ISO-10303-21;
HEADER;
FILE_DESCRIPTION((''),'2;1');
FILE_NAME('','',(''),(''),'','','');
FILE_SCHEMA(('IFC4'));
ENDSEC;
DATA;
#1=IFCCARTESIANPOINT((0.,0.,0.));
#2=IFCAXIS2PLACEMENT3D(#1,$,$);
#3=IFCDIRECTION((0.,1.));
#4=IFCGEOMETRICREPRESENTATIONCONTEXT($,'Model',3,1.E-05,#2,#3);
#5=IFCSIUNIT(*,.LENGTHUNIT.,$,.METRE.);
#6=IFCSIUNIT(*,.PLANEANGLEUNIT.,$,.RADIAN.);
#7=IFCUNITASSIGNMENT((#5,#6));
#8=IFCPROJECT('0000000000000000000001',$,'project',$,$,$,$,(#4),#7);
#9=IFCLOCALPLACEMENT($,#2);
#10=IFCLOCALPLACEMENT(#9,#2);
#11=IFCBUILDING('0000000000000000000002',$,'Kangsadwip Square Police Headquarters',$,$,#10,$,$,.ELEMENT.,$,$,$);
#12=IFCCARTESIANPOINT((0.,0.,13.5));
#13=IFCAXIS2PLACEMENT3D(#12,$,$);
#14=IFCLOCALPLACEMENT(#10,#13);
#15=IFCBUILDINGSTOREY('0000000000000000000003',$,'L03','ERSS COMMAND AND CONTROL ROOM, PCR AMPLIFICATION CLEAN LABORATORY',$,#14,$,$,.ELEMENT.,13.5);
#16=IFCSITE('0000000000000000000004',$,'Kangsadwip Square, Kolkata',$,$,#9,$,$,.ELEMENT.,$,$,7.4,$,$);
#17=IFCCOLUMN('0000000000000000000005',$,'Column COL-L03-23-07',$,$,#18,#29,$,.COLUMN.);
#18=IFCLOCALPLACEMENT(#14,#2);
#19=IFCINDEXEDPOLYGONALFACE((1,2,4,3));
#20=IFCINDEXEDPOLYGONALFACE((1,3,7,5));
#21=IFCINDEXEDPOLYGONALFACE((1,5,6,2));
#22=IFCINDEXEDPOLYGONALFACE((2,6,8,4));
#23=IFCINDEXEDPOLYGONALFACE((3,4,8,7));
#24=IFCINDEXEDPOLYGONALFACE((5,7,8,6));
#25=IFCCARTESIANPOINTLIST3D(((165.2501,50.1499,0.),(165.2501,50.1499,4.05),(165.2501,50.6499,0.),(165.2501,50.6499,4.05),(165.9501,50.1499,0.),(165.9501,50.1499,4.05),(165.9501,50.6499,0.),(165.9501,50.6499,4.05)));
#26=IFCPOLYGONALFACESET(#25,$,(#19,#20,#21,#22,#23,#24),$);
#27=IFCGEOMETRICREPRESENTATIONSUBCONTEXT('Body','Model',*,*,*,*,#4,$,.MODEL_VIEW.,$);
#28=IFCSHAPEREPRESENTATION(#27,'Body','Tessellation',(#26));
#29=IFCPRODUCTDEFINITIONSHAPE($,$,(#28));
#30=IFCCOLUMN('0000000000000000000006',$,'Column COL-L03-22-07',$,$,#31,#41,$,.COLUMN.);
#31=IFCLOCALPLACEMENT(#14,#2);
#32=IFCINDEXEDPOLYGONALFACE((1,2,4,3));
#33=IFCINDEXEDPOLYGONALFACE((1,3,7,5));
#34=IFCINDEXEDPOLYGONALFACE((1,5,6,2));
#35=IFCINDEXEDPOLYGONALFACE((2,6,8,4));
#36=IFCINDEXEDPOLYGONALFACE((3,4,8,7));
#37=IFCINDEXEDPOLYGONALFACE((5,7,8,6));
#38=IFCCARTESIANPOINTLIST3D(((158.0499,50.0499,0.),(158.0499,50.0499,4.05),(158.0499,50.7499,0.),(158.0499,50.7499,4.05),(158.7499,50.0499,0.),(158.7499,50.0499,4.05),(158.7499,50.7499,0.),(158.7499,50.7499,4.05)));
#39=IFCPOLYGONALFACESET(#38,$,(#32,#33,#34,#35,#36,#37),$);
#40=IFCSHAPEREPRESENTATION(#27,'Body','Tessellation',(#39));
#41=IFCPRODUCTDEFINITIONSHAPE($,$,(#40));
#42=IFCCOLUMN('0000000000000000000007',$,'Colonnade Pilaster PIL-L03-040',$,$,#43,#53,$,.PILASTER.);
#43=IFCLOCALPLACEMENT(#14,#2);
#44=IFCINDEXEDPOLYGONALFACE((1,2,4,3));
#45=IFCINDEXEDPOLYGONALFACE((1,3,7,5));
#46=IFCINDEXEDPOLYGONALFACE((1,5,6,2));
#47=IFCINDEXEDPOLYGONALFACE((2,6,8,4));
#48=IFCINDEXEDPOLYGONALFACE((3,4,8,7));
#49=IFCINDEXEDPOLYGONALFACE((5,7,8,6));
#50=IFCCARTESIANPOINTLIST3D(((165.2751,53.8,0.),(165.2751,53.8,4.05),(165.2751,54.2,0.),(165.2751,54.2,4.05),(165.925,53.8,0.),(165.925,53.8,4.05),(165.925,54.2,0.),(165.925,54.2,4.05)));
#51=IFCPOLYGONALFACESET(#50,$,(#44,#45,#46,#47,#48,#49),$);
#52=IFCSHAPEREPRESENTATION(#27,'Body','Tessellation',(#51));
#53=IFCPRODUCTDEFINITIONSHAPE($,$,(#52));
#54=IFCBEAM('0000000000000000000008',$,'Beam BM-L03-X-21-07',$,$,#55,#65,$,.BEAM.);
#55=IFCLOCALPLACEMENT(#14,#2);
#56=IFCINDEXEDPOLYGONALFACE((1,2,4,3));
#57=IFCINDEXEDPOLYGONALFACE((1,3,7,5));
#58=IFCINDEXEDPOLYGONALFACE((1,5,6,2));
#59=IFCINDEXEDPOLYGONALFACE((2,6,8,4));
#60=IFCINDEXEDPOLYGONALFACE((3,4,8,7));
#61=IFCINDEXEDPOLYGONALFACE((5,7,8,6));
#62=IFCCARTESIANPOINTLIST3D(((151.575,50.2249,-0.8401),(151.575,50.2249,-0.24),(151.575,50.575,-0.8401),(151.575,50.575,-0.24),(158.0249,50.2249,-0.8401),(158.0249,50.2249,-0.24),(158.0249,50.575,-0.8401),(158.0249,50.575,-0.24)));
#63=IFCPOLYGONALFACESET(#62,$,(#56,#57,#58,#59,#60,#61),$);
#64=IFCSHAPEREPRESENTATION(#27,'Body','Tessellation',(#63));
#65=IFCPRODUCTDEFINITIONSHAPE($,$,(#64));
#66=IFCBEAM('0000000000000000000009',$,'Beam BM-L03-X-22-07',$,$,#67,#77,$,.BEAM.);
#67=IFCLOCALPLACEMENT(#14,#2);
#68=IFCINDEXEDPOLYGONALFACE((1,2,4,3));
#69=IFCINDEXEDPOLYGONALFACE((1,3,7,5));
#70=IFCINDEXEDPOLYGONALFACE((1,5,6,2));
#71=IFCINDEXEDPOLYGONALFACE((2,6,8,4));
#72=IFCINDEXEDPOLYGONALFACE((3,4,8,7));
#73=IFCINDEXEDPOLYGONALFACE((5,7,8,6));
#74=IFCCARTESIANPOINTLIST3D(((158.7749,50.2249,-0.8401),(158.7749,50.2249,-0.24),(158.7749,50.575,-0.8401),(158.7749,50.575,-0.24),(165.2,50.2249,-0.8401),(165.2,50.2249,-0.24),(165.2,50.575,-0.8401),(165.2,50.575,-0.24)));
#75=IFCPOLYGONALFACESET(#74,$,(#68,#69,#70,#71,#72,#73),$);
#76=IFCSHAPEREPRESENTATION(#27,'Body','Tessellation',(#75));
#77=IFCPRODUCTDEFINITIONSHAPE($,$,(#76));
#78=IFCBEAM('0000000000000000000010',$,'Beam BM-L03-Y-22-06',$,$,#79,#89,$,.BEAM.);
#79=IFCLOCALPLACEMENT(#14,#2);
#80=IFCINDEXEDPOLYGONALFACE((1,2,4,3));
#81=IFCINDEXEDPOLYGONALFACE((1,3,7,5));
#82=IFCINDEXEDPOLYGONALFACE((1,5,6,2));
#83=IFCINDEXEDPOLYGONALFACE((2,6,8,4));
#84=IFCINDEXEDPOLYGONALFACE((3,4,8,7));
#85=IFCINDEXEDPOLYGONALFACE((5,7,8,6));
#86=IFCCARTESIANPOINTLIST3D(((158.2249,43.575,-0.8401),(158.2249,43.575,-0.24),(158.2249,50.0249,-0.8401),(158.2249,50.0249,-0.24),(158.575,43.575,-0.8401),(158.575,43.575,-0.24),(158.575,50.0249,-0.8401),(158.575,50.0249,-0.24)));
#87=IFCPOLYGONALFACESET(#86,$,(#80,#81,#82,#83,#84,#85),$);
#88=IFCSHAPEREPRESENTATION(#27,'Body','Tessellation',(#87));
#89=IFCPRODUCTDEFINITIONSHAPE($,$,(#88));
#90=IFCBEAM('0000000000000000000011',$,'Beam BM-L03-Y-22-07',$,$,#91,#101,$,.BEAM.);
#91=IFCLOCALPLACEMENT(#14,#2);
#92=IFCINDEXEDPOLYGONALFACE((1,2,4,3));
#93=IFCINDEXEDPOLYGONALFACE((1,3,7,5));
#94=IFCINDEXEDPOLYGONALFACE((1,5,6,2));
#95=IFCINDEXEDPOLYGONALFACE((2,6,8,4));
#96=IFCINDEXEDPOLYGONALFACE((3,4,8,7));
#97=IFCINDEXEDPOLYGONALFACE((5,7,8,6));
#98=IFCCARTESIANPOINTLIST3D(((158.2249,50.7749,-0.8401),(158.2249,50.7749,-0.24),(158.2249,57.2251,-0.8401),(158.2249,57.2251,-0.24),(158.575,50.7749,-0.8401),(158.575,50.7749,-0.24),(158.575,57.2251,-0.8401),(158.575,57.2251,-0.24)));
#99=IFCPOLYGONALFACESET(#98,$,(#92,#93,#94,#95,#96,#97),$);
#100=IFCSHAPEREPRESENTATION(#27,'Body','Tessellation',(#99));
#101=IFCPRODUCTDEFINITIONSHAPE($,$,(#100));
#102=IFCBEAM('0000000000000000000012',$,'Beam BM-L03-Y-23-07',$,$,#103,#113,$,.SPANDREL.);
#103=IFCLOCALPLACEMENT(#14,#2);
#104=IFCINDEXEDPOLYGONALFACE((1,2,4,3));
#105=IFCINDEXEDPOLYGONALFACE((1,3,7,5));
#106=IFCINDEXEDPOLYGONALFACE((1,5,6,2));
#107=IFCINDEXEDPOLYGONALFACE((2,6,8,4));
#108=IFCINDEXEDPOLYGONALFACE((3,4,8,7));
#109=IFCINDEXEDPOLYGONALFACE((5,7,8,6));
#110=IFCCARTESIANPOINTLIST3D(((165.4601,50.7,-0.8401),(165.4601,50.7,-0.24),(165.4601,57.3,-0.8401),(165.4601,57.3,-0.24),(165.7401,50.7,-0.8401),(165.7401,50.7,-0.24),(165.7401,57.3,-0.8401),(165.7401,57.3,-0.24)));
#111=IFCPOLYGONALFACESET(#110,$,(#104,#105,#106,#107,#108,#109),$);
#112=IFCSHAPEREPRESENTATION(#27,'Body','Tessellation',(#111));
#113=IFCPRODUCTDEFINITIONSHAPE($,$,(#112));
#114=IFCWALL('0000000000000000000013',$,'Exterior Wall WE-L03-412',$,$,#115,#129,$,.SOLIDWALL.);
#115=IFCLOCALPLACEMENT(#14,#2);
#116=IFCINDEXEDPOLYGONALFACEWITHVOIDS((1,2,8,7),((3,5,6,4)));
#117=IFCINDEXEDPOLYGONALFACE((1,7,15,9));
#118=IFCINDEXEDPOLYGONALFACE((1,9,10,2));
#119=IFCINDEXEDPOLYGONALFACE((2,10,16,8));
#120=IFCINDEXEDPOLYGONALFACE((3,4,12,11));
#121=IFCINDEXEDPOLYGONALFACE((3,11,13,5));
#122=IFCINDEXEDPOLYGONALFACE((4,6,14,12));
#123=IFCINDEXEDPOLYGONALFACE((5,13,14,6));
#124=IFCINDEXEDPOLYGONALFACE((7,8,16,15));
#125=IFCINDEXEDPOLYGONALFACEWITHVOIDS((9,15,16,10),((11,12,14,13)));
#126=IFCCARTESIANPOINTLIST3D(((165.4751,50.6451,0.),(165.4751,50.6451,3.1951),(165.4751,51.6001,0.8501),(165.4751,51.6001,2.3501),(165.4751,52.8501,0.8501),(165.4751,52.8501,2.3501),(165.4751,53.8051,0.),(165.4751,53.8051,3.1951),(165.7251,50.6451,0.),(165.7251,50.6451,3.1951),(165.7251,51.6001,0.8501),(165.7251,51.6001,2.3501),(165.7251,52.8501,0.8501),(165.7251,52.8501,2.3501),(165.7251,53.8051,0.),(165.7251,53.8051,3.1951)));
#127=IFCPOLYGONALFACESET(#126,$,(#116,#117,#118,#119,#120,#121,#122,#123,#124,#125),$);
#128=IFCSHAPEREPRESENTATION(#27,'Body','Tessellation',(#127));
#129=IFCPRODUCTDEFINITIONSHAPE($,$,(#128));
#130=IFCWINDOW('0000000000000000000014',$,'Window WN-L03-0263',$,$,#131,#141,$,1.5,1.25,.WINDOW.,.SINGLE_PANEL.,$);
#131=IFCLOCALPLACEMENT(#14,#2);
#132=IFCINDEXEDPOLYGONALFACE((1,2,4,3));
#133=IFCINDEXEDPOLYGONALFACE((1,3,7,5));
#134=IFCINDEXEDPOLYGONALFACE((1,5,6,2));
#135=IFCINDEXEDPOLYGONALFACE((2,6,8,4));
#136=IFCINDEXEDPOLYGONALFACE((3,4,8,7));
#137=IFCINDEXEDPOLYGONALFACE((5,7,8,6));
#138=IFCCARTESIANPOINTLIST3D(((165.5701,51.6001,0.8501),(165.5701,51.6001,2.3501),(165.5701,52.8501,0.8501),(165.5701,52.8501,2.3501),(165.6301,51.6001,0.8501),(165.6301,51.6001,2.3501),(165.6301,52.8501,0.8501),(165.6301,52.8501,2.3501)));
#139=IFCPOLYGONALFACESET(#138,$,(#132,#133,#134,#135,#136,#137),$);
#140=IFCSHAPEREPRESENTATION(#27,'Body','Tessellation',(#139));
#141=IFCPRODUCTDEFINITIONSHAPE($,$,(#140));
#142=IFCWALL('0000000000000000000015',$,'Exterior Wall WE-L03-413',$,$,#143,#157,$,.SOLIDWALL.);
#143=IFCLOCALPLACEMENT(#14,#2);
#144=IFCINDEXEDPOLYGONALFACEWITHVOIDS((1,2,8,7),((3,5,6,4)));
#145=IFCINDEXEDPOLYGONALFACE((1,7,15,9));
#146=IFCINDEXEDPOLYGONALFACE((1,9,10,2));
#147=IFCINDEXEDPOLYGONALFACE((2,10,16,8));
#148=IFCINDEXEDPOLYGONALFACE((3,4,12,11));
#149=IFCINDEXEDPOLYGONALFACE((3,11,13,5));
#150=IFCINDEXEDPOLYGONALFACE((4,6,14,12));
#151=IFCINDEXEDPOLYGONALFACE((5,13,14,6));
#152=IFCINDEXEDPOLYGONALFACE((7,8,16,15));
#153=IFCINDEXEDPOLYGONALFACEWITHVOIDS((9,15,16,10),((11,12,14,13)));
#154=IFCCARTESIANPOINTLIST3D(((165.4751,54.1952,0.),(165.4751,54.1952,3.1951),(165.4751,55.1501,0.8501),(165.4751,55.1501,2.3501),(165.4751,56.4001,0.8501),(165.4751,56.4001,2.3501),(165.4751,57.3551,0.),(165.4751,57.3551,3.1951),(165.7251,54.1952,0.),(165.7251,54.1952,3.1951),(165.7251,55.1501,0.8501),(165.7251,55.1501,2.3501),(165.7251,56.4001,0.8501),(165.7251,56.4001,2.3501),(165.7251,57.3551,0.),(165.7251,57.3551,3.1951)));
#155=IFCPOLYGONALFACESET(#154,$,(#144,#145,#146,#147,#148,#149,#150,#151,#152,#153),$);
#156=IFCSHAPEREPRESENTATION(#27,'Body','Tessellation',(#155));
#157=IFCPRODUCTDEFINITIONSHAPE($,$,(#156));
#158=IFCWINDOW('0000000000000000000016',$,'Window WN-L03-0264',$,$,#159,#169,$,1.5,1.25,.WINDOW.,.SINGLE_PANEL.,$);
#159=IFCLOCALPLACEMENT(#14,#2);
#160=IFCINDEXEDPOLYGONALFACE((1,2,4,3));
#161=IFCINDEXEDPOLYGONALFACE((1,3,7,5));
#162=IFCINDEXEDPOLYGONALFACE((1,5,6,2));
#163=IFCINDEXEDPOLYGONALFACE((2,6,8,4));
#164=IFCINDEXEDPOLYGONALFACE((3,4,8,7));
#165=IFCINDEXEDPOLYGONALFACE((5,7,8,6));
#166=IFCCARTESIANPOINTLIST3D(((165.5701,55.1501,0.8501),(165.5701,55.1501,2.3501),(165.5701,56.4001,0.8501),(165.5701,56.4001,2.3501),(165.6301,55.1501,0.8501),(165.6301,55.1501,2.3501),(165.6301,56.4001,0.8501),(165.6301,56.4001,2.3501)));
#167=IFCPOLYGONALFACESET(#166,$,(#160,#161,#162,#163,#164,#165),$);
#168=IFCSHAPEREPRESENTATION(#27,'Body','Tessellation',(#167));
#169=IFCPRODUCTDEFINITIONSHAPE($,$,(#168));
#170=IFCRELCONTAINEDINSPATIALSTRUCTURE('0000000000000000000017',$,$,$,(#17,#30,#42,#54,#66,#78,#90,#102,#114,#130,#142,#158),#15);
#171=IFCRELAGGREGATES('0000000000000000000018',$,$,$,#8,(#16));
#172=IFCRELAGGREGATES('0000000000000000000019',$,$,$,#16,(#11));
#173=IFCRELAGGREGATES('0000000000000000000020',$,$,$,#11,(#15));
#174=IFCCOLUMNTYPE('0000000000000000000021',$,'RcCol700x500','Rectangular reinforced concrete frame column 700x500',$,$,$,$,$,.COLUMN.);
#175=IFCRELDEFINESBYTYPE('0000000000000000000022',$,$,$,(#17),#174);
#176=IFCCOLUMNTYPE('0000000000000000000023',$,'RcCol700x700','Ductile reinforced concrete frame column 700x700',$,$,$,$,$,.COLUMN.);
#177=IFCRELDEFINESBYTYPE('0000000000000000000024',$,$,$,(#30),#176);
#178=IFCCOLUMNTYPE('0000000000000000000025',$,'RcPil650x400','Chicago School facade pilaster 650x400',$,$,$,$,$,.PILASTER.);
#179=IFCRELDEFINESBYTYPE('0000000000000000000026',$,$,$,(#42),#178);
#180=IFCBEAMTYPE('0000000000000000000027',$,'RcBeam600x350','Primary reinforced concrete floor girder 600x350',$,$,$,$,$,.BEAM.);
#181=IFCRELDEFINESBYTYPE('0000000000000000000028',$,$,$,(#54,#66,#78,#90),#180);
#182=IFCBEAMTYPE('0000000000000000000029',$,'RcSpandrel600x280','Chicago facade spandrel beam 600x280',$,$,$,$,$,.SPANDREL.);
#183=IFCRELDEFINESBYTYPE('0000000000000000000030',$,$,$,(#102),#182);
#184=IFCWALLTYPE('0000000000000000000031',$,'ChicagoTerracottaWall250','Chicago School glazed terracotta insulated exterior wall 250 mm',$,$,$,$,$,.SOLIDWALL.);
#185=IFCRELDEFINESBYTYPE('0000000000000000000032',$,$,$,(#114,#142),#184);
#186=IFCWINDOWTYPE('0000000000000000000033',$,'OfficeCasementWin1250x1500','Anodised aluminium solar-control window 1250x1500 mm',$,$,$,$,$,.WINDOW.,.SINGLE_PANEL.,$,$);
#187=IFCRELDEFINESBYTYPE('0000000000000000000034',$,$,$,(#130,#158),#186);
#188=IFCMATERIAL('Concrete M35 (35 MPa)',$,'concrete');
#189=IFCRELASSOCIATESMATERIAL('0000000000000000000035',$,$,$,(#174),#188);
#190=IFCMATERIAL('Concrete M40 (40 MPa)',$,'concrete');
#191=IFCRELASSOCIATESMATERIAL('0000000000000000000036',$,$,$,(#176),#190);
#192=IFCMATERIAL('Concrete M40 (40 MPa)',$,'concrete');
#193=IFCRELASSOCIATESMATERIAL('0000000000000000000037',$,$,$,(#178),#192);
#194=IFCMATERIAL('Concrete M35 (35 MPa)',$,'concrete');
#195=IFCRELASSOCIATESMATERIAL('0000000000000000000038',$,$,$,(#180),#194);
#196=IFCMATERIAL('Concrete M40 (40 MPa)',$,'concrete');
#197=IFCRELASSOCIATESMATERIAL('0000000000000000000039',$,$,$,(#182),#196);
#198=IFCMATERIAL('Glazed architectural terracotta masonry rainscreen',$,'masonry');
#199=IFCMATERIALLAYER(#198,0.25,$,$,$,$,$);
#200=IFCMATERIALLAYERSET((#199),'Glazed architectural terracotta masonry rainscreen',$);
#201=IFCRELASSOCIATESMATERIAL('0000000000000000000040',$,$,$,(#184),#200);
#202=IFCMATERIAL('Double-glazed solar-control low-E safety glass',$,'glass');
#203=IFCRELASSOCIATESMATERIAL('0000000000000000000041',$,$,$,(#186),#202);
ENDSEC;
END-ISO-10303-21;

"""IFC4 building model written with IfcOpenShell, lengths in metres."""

from ifc_helpers import new_model, si_unit, direction, frame, frame_2d, origin, origin_2d, place, context, subcontext, project, spatial, rectangle, extrude, material, layer, layer_set, material_profile, profile_set, type_object, element, fill, save


model = new_model("IFC4")

# Units and contexts
model_context = context("Model", 3, precision=1e-05, world=origin(), true_north=direction((0.0, 1.0)))
body_context = subcontext(model_context, "Body", "Model", "MODEL_VIEW")
ifc_project = project(units=[si_unit("LENGTHUNIT", "METRE"), si_unit("PLANEANGLEUNIT", "RADIAN")], contexts=[model_context])

# Site, building, storey
site_placement = place(None, origin())
site = spatial("IfcSite", under=ifc_project, at=site_placement, Name="Kangsadwip Square, Kolkata", CompositionType="ELEMENT", RefElevation=7.4)
building_placement = place(site_placement, origin())
building = spatial("IfcBuilding", under=site, at=building_placement, Name="Kangsadwip Square Police Headquarters", CompositionType="ELEMENT")
storey_placement = place(building_placement, frame((0.0, 0.0, 13.5)))
storey = spatial("IfcBuildingStorey", under=building, at=storey_placement, Name="L03", Description="ERSS COMMAND AND CONTROL ROOM, PCR AMPLIFICATION CLEAN LABORATORY", CompositionType="ELEMENT", Elevation=13.5)

# Columns
ifc_material_1 = material(Name="Concrete M35 (35 MPa)", Category="concrete")
ifc_material_profile_1 = material_profile(ifc_material_1, rectangle(XDim=0.5, YDim=0.7, at=origin_2d()), Name="RC COL 700X500")
ifc_profile_set_1 = profile_set([ifc_material_profile_1], Name="Concrete M35 (35 MPa)")
column_type_1 = type_object("IfcColumnType", Name="RcCol700x500", Description="Rectangular reinforced concrete frame column 700x500", PredefinedType="COLUMN", material=ifc_profile_set_1)
column_1_placement = place(storey_placement, frame((165.6001, 50.3999, 0.0), z_axis=(0.0, 0.0, 1.0), x_axis=(0.0, 1.0, 0.0)))
element("IfcColumn", 1, at=column_1_placement, inside=storey, type_object=column_type_1, Name="Column COL-L03-23-07", PredefinedType="COLUMN", context=body_context, shape_type="SweptSolid", body=[
    extrude(rectangle(XDim=0.5, YDim=0.7, at=origin_2d()), origin(), (0.0, 0.0, 1.0), 4.05),
])
ifc_material_2 = material(Name="Concrete M40 (40 MPa)", Category="concrete")
ifc_material_profile_2 = material_profile(ifc_material_2, rectangle(XDim=0.7, YDim=0.7, at=origin_2d()), Name="RC COL 700X700")
ifc_profile_set_2 = profile_set([ifc_material_profile_2], Name="Concrete M40 (40 MPa)")
column_type_2 = type_object("IfcColumnType", Name="RcCol700x700", Description="Ductile reinforced concrete frame column 700x700", PredefinedType="COLUMN", material=ifc_profile_set_2)
column_2_placement = place(storey_placement, frame((158.3999, 50.3999, 0.0), z_axis=(0.0, 0.0, 1.0), x_axis=(1.0, 0.0, 0.0)))
element("IfcColumn", 2, at=column_2_placement, inside=storey, type_object=column_type_2, Name="Column COL-L03-22-07", PredefinedType="COLUMN", context=body_context, shape_type="SweptSolid", body=[
    extrude(rectangle(XDim=0.7, YDim=0.7, at=origin_2d()), origin(), (0.0, 0.0, 1.0), 4.05),
])
ifc_material_3 = material(Name="Concrete M40 (40 MPa)", Category="concrete")
ifc_material_profile_3 = material_profile(ifc_material_3, rectangle(XDim=0.3999, YDim=0.6499, at=origin_2d()), Name="RC PIL 650X400")
ifc_profile_set_3 = profile_set([ifc_material_profile_3], Name="Concrete M40 (40 MPa)")
column_type_3 = type_object("IfcColumnType", Name="RcPil650x400", Description="Chicago School facade pilaster 650x400", PredefinedType="PILASTER", material=ifc_profile_set_3)
column_3_placement = place(storey_placement, frame((165.6001, 54.0, 0.0), z_axis=(0.0, 0.0, 1.0), x_axis=(0.0, 1.0, 0.0)))
element("IfcColumn", 3, at=column_3_placement, inside=storey, type_object=column_type_3, Name="Colonnade Pilaster PIL-L03-040", PredefinedType="PILASTER", context=body_context, shape_type="SweptSolid", body=[
    extrude(rectangle(XDim=0.3999, YDim=0.6499, at=origin_2d()), origin(), (0.0, 0.0, 1.0), 4.05),
])

# Beams
ifc_material_4 = material(Name="Concrete M35 (35 MPa)", Category="concrete")
ifc_material_profile_4 = material_profile(ifc_material_4, rectangle(XDim=0.3501, YDim=0.6001, at=origin_2d()), Name="RC BM 600X350")
ifc_profile_set_4 = profile_set([ifc_material_profile_4], Name="Concrete M35 (35 MPa)")
beam_type_1 = type_object("IfcBeamType", Name="RcBeam600x350", Description="Primary reinforced concrete floor girder 600x350", PredefinedType="BEAM", material=ifc_profile_set_4)
beam_1_placement = place(storey_placement, frame((151.575, 50.3999, -0.54), z_axis=(1.0, 0.0, 0.0), x_axis=(0.0, 1.0, 0.0)))
element("IfcBeam", 4, at=beam_1_placement, inside=storey, type_object=beam_type_1, Name="Beam BM-L03-X-21-07", PredefinedType="BEAM", context=body_context, shape_type="SweptSolid", body=[
    extrude(rectangle(XDim=0.3501, YDim=0.6001, at=origin_2d()), origin(), (0.0, 0.0, 1.0), 6.45),
])
beam_2_placement = place(storey_placement, frame((158.7749, 50.3999, -0.54), z_axis=(1.0, 0.0, 0.0), x_axis=(0.0, 1.0, 0.0)))
element("IfcBeam", 5, at=beam_2_placement, inside=storey, type_object=beam_type_1, Name="Beam BM-L03-X-22-07", PredefinedType="BEAM", context=body_context, shape_type="SweptSolid", body=[
    extrude(rectangle(XDim=0.3501, YDim=0.6001, at=origin_2d()), origin(), (0.0, 0.0, 1.0), 6.425),
])
beam_3_placement = place(storey_placement, frame((158.3999, 43.575, -0.54), z_axis=(0.0, 1.0, 0.0), x_axis=(-1.0, 0.0, 0.0)))
element("IfcBeam", 6, at=beam_3_placement, inside=storey, type_object=beam_type_1, Name="Beam BM-L03-Y-22-06", PredefinedType="BEAM", context=body_context, shape_type="SweptSolid", body=[
    extrude(rectangle(XDim=0.3501, YDim=0.6001, at=origin_2d()), origin(), (0.0, 0.0, 1.0), 6.45),
])
beam_4_placement = place(storey_placement, frame((158.3999, 50.7749, -0.54), z_axis=(0.0, 1.0, 0.0), x_axis=(-1.0, 0.0, 0.0)))
element("IfcBeam", 7, at=beam_4_placement, inside=storey, type_object=beam_type_1, Name="Beam BM-L03-Y-22-07", PredefinedType="BEAM", context=body_context, shape_type="SweptSolid", body=[
    extrude(rectangle(XDim=0.3501, YDim=0.6001, at=origin_2d()), origin(), (0.0, 0.0, 1.0), 6.4502),
])
ifc_material_5 = material(Name="Concrete M40 (40 MPa)", Category="concrete")
ifc_material_profile_5 = material_profile(ifc_material_5, rectangle(XDim=0.28, YDim=0.6001, at=origin_2d()), Name="RC SPN 600X280")
ifc_profile_set_5 = profile_set([ifc_material_profile_5], Name="Concrete M40 (40 MPa)")
beam_type_2 = type_object("IfcBeamType", Name="RcSpandrel600x280", Description="Chicago facade spandrel beam 600x280", PredefinedType="SPANDREL", material=ifc_profile_set_5)
beam_5_placement = place(storey_placement, frame((165.6001, 50.7, -0.54), z_axis=(0.0, 1.0, 0.0), x_axis=(-1.0, 0.0, 0.0)))
element("IfcBeam", 8, at=beam_5_placement, inside=storey, type_object=beam_type_2, Name="Beam BM-L03-Y-23-07", PredefinedType="SPANDREL", context=body_context, shape_type="SweptSolid", body=[
    extrude(rectangle(XDim=0.28, YDim=0.6001, at=origin_2d()), origin(), (0.0, 0.0, 1.0), 6.6001),
])

# Walls, openings, windows
ifc_material_6 = material(Name="Glazed architectural terracotta masonry rainscreen", Category="masonry")
ifc_layer_1 = layer(ifc_material_6, 0.25)
ifc_layer_set_1 = layer_set([ifc_layer_1], Name="Glazed architectural terracotta masonry rainscreen")
wall_type_1 = type_object("IfcWallType", Name="ChicagoTerracottaWall250", Description="Chicago School glazed terracotta insulated exterior wall 250 mm", PredefinedType="SOLIDWALL", material=ifc_layer_set_1)
wall_1_placement = place(storey_placement, frame((165.6001, 50.645, 0.0), z_axis=(0.0, 0.0, 1.0), x_axis=(0.0, 1.0, 0.0)))
wall_1 = element("IfcWall", 9, at=wall_1_placement, inside=storey, type_object=wall_type_1, Name="Exterior Wall WE-L03-412", PredefinedType="SOLIDWALL", context=body_context, shape_type="SweptSolid", body=[
    extrude(rectangle(XDim=3.1599, YDim=0.25, at=frame_2d((1.5801, 0.0))), origin(), (0.0, 0.0, 1.0), 3.1951),
])
opening_1_placement = place(wall_1_placement, frame((0.9551, 0.0, 0.8501)))
opening_1 = element("IfcOpeningElement", 10, at=opening_1_placement, cuts=wall_1, PredefinedType="OPENING", context=body_context, shape_type="SweptSolid", body=[
    extrude(rectangle(XDim=1.25, YDim=1.5, at=frame_2d((0.625, 0.75))), frame((0.0, 0.135, 0.0), z_axis=(0.0, -1.0, 0.0), x_axis=(1.0, 0.0, 0.0)), (0.0, 0.0, 1.0), 0.27),
])
ifc_material_7 = material(Name="Double-glazed solar-control low-E safety glass", Category="glass")
window_type = type_object("IfcWindowType", Name="OfficeCasementWin1250x1500", Description="Anodised aluminium solar-control window 1250x1500 mm", PartitioningType="SINGLE_PANEL", PredefinedType="WINDOW", material=ifc_material_7)
window_1_placement = place(opening_1_placement, origin())
window_1 = element("IfcWindow", 11, at=window_1_placement, inside=storey, type_object=window_type, Name="Window WN-L03-0263", OverallHeight=1.5, OverallWidth=1.25, PartitioningType="SINGLE_PANEL", PredefinedType="WINDOW", context=body_context, shape_type="SweptSolid", body=[
    extrude(rectangle(XDim=1.25, YDim=1.5, at=frame_2d((0.625, 0.75))), frame((0.0, 0.03, 0.0), z_axis=(0.0, -1.0, 0.0), x_axis=(1.0, 0.0, 0.0)), (0.0, 0.0, 1.0), 0.0601),
])
fill(opening_1, window_1)
wall_2_placement = place(storey_placement, frame((165.6001, 54.1951, 0.0), z_axis=(0.0, 0.0, 1.0), x_axis=(0.0, 1.0, 0.0)))
wall_2 = element("IfcWall", 12, at=wall_2_placement, inside=storey, type_object=wall_type_1, Name="Exterior Wall WE-L03-413", PredefinedType="SOLIDWALL", context=body_context, shape_type="SweptSolid", body=[
    extrude(rectangle(XDim=3.1599, YDim=0.25, at=frame_2d((1.5801, 0.0))), origin(), (0.0, 0.0, 1.0), 3.1951),
])
opening_2_placement = place(wall_2_placement, frame((0.9551, 0.0, 0.8501)))
opening_2 = element("IfcOpeningElement", 13, at=opening_2_placement, cuts=wall_2, PredefinedType="OPENING", context=body_context, shape_type="SweptSolid", body=[
    extrude(rectangle(XDim=1.25, YDim=1.5, at=frame_2d((0.625, 0.75))), frame((0.0, 0.135, 0.0), z_axis=(0.0, -1.0, 0.0), x_axis=(1.0, 0.0, 0.0)), (0.0, 0.0, 1.0), 0.27),
])
window_2_placement = place(opening_2_placement, origin())
window_2 = element("IfcWindow", 14, at=window_2_placement, inside=storey, type_object=window_type, Name="Window WN-L03-0264", OverallHeight=1.5, OverallWidth=1.25, PartitioningType="SINGLE_PANEL", PredefinedType="WINDOW", context=body_context, shape_type="SweptSolid", body=[
    extrude(rectangle(XDim=1.25, YDim=1.5, at=frame_2d((0.625, 0.75))), frame((0.0, 0.03, 0.0), z_axis=(0.0, -1.0, 0.0), x_axis=(1.0, 0.0, 0.0)), (0.0, 0.0, 1.0), 0.0601),
])
fill(opening_2, window_2)

save(model, "model.ifc")
